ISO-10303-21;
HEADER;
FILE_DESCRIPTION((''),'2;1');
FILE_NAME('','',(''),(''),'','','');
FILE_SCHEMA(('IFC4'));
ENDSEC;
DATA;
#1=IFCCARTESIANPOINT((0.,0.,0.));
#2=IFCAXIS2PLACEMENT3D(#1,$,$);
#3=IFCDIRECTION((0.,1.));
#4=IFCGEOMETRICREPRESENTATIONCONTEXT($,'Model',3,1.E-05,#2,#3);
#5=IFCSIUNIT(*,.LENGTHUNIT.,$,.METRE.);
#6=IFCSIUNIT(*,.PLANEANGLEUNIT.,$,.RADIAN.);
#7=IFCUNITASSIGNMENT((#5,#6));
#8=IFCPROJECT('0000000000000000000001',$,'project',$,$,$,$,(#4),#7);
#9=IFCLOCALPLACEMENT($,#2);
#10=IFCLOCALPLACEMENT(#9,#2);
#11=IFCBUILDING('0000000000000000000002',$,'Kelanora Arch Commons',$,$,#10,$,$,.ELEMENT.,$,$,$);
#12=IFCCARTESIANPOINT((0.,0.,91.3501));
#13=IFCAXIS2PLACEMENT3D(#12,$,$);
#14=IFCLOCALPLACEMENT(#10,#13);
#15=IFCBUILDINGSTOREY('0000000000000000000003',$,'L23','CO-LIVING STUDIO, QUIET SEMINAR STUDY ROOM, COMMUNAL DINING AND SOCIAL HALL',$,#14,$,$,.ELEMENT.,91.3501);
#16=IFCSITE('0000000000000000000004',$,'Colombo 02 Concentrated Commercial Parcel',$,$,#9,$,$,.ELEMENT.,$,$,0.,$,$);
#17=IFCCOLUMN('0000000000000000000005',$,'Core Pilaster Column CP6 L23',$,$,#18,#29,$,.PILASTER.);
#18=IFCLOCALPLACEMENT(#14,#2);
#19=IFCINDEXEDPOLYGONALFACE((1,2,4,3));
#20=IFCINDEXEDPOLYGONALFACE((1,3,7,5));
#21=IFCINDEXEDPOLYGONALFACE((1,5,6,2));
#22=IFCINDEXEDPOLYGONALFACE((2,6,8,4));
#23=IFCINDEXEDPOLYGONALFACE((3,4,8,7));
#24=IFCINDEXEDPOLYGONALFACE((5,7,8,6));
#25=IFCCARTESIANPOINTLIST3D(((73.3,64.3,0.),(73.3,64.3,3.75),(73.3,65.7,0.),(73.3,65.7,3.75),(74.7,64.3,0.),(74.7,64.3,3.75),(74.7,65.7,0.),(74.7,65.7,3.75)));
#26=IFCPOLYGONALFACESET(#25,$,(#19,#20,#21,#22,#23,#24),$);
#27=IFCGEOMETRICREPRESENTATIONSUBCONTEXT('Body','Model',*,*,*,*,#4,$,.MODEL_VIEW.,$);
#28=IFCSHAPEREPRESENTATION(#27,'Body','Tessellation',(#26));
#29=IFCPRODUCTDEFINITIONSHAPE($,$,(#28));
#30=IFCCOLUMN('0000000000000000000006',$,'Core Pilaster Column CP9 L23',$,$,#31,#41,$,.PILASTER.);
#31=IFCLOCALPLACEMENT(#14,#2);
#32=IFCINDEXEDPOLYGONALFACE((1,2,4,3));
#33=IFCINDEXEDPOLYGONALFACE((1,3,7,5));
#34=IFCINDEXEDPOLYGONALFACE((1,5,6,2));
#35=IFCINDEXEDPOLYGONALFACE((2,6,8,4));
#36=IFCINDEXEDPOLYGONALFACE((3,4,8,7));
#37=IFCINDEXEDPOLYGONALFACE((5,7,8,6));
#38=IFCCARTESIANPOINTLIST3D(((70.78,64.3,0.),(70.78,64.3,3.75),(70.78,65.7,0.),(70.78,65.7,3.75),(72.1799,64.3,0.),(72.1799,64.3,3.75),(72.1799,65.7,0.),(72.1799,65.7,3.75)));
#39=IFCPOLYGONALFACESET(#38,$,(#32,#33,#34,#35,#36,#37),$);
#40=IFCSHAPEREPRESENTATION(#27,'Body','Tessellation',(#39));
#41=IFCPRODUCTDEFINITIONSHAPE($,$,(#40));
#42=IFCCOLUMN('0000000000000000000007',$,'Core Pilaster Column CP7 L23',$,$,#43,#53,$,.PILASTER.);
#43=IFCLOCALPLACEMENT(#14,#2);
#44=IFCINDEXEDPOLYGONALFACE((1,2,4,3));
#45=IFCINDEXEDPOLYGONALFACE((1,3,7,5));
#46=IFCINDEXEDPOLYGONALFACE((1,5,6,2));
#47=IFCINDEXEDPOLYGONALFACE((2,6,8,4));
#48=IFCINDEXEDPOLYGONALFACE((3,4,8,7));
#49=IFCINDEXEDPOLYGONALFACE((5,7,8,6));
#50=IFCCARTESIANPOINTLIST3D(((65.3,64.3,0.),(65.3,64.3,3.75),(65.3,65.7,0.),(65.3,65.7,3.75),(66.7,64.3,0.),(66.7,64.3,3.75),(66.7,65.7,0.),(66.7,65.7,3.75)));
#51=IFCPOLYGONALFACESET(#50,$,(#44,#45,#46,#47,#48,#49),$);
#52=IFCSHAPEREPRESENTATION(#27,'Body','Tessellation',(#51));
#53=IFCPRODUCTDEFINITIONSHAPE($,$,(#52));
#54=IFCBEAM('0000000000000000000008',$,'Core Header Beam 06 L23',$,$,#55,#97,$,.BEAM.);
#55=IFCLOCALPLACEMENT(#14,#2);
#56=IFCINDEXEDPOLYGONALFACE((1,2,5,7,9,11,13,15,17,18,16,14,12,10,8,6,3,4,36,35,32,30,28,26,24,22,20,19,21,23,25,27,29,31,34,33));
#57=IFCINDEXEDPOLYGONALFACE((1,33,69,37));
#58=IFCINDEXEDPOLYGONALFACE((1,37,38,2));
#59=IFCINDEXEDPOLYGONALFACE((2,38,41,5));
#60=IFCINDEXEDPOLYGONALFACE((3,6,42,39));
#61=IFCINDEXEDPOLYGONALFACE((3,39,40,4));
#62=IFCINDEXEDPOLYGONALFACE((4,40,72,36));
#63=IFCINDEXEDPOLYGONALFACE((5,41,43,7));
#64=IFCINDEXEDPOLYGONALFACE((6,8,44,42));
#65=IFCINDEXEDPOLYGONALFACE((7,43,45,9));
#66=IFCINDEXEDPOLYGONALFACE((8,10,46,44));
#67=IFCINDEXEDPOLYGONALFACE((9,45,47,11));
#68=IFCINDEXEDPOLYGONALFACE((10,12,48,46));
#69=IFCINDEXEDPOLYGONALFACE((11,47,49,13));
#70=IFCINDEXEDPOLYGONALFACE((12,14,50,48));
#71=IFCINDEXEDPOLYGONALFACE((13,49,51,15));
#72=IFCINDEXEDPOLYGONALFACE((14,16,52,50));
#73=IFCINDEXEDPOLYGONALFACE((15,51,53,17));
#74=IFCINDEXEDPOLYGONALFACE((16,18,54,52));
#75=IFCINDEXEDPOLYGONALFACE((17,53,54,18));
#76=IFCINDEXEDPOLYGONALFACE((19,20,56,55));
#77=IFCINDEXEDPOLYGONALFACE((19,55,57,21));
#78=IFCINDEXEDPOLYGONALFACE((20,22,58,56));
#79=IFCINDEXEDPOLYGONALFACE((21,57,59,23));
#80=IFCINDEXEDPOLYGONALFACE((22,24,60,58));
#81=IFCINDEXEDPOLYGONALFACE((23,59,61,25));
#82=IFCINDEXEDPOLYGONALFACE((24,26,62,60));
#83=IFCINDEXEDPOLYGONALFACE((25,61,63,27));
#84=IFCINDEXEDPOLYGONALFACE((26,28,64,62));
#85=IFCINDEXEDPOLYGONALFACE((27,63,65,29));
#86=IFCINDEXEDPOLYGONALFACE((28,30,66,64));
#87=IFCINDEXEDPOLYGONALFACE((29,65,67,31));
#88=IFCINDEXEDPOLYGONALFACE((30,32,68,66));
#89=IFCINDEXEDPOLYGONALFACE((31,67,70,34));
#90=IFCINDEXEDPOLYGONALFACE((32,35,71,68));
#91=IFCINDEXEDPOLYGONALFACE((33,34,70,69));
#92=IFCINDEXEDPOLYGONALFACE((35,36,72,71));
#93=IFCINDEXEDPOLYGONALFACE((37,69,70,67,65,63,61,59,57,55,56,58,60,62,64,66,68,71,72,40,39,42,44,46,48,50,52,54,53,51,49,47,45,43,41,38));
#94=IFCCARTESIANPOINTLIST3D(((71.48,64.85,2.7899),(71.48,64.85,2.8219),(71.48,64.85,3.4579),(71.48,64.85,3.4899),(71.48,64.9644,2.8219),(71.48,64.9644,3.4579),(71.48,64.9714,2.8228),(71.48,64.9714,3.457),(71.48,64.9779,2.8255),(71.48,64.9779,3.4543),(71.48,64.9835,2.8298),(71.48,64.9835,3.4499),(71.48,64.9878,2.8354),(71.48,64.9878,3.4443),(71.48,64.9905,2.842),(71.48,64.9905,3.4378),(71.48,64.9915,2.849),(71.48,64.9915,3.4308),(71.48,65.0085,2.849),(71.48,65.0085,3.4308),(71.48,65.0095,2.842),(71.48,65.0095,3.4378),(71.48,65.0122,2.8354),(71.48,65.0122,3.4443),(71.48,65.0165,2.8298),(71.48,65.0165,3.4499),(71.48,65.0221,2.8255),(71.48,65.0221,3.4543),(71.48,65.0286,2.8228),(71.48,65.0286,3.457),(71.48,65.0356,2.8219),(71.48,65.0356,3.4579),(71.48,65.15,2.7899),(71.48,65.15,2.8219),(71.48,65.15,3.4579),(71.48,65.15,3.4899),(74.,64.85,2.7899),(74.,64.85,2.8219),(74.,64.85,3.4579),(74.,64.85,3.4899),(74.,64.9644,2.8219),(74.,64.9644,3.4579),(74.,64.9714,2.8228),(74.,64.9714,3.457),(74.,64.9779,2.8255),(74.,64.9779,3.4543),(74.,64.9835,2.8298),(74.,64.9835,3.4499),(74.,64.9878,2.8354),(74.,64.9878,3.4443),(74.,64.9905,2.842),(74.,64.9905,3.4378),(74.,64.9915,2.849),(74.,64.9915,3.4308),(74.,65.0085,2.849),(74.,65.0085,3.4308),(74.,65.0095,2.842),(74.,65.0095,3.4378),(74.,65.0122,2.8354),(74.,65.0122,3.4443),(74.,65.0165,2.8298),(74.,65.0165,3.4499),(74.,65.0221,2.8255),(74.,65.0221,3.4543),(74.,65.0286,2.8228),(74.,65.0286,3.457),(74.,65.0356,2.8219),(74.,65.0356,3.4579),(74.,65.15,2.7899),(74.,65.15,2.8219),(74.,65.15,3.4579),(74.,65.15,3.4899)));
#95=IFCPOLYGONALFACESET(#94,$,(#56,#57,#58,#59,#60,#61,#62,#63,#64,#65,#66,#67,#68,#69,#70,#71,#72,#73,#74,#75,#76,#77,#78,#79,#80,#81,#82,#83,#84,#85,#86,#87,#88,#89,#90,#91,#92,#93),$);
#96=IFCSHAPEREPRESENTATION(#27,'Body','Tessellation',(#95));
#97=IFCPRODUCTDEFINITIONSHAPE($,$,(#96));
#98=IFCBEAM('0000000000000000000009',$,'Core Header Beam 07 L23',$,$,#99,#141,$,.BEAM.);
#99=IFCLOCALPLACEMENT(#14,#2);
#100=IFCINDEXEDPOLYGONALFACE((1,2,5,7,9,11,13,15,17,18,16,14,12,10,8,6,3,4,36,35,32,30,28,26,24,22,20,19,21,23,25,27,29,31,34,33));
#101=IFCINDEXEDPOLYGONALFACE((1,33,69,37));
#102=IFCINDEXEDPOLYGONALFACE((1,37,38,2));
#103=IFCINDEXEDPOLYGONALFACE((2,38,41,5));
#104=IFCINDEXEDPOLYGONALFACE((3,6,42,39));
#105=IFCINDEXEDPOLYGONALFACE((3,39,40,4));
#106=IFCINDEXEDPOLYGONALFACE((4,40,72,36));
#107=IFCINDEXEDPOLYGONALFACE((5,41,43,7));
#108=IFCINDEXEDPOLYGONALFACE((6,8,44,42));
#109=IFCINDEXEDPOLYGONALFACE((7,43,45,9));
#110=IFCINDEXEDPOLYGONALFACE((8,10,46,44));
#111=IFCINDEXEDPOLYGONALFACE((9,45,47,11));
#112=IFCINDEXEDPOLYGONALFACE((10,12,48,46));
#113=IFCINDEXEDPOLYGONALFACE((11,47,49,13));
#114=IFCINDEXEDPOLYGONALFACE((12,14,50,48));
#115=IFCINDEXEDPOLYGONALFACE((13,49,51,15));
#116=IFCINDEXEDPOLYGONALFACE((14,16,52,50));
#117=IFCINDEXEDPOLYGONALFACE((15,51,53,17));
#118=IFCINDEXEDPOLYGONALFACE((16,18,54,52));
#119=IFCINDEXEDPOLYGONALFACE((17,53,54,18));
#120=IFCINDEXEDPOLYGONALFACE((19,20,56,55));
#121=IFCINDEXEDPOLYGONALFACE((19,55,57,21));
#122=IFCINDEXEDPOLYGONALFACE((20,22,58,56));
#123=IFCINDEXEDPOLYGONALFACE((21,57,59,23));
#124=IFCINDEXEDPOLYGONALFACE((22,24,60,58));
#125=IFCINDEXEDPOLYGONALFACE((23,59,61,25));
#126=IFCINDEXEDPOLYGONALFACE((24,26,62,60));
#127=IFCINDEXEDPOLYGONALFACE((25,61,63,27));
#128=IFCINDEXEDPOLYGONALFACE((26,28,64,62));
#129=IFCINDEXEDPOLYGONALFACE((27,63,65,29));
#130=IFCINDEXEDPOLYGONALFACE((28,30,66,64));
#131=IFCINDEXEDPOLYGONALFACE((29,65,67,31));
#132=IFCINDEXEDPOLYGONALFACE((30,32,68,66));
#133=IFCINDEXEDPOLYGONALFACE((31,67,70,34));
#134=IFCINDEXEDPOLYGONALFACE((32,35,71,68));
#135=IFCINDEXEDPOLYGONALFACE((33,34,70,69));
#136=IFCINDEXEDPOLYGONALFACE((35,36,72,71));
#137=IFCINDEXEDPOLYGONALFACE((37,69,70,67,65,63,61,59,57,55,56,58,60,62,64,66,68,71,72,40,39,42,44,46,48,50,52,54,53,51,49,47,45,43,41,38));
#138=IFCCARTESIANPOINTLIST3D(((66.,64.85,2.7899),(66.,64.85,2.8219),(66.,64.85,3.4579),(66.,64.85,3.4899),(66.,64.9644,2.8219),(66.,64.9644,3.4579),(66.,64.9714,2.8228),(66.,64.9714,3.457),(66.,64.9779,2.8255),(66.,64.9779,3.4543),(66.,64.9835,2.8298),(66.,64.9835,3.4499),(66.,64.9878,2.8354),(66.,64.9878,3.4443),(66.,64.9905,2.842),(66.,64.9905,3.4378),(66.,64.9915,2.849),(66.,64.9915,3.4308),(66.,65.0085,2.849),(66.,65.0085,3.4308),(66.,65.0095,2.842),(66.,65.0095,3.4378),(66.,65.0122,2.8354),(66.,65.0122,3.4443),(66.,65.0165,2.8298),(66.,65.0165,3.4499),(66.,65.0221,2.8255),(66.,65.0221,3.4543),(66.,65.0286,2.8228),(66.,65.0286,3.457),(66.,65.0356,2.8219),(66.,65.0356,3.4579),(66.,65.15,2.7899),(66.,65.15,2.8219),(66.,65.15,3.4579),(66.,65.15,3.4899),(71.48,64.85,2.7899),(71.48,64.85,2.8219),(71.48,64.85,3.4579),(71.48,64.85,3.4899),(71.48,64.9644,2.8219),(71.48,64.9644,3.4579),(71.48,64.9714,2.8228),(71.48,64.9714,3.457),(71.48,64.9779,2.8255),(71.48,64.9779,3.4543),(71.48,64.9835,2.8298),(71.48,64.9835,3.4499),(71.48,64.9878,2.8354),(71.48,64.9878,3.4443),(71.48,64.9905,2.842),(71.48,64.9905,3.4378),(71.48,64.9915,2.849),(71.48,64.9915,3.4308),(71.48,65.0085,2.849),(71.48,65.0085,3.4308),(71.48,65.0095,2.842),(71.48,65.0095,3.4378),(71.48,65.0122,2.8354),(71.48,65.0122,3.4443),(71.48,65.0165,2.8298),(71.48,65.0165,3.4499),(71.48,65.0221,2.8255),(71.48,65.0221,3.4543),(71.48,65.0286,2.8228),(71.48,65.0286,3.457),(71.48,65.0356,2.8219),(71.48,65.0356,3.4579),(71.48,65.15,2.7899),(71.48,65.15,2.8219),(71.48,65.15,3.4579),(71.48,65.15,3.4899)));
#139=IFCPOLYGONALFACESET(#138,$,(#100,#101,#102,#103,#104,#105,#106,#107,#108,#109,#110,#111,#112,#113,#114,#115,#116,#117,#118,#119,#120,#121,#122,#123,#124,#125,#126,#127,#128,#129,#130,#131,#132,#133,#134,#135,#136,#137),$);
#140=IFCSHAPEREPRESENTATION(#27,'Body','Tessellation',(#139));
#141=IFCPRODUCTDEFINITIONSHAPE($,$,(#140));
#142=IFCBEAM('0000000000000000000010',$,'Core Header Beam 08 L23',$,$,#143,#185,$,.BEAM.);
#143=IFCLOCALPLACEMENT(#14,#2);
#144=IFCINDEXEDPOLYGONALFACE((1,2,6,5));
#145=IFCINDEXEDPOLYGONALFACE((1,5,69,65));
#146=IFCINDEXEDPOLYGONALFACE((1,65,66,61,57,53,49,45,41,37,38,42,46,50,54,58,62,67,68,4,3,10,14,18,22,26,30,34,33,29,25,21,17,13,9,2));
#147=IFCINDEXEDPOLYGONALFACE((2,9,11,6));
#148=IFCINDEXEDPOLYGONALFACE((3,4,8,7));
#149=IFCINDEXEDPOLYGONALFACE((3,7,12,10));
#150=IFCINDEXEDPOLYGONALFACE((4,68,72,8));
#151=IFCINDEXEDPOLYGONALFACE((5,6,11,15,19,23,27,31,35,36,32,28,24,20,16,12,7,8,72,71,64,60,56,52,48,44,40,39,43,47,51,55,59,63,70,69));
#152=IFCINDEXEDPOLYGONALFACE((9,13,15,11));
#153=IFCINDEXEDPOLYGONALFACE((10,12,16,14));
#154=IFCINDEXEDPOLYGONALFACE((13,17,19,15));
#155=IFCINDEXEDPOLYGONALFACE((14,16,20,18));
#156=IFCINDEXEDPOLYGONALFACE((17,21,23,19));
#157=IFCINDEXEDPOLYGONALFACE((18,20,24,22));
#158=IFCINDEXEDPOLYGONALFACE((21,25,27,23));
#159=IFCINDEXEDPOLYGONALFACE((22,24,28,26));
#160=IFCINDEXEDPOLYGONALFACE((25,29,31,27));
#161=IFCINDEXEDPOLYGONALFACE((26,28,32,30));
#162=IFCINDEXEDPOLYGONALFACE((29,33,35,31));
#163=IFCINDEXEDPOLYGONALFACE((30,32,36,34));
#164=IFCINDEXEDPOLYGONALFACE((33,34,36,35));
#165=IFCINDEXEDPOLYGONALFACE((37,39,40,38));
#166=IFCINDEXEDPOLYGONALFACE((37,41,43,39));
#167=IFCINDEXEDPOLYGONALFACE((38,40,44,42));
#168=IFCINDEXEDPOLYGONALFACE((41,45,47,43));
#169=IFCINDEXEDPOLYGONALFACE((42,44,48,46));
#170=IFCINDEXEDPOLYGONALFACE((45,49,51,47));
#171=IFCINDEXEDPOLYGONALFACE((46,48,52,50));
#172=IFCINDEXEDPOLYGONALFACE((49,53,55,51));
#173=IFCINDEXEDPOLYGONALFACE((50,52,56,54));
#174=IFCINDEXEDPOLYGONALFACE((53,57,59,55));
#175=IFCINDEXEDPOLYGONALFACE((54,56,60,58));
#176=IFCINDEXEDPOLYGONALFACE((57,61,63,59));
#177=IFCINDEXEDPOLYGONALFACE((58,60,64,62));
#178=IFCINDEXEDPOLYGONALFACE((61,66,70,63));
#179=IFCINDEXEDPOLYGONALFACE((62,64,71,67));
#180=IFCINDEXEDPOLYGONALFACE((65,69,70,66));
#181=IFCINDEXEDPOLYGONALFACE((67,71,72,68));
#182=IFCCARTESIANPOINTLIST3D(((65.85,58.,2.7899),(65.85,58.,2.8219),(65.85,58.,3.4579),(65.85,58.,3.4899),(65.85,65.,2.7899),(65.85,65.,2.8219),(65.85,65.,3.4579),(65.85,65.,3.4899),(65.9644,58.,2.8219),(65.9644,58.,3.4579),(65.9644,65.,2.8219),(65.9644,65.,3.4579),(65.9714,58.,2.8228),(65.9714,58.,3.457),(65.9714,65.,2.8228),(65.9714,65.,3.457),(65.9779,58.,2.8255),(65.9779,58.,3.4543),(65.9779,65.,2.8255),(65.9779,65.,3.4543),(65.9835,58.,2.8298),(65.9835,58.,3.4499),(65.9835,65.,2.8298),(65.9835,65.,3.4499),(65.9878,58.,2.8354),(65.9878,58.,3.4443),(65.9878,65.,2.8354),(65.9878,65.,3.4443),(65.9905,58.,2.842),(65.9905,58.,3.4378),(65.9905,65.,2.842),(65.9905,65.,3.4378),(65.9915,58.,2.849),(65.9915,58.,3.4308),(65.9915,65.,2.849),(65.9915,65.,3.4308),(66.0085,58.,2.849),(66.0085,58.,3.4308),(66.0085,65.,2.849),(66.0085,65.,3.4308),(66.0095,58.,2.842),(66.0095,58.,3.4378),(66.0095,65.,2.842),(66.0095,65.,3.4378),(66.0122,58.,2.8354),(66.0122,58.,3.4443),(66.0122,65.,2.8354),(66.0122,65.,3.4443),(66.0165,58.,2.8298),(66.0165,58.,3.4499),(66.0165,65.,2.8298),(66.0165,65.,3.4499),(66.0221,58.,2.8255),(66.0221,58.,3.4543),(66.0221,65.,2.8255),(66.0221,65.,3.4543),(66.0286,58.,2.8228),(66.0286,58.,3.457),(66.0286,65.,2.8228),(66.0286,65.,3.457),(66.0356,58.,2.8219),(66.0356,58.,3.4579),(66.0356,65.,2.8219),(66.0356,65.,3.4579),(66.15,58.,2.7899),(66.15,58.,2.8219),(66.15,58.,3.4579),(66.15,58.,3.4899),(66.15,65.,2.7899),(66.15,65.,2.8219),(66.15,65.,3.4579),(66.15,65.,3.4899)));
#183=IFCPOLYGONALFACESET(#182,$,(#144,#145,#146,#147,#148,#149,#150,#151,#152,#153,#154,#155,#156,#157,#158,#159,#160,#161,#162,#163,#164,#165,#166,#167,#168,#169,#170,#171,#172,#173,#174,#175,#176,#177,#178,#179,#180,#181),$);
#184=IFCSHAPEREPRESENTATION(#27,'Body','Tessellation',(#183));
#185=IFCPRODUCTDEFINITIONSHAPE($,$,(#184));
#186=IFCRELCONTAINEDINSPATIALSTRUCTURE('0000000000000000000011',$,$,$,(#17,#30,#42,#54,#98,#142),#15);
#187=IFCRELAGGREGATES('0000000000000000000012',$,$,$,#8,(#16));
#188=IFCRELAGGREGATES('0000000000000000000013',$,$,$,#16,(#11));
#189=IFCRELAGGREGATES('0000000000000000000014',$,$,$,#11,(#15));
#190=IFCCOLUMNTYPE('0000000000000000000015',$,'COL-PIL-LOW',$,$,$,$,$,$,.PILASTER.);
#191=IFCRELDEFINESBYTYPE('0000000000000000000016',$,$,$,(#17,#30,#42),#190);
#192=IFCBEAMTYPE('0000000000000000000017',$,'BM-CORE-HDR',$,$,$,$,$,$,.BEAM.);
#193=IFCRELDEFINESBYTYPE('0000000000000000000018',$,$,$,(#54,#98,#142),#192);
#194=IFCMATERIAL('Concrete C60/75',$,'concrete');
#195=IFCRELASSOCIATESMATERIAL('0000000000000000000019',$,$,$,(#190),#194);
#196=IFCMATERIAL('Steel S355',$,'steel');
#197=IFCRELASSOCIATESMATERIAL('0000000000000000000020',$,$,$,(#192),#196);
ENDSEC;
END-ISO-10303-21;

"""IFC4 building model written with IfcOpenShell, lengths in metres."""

from ifc_helpers import new_model, si_unit, direction, frame, origin, origin_2d, place, context, subcontext, project, spatial, rectangle, i_section, extrude, material, material_profile, profile_set, type_object, element, save


model = new_model("IFC4")

# Units and contexts
model_context = context("Model", 3, precision=1e-05, world=origin(), true_north=direction((0.0, 1.0)))
body_context = subcontext(model_context, "Body", "Model", "MODEL_VIEW")
ifc_project = project(units=[si_unit("LENGTHUNIT", "METRE"), si_unit("PLANEANGLEUNIT", "RADIAN")], contexts=[model_context])

# Site, building, storey
site_placement = place(None, origin())
site = spatial("IfcSite", under=ifc_project, at=site_placement, Name="Colombo 02 Concentrated Commercial Parcel", CompositionType="ELEMENT", RefElevation=0.0)
building_placement = place(site_placement, origin())
building = spatial("IfcBuilding", under=site, at=building_placement, Name="Kelanora Arch Commons", CompositionType="ELEMENT")
storey_placement = place(building_placement, frame((0.0, 0.0, 91.3501)))
storey = spatial("IfcBuildingStorey", under=building, at=storey_placement, Name="L23", Description="CO-LIVING STUDIO, QUIET SEMINAR STUDY ROOM, COMMUNAL DINING AND SOCIAL HALL", CompositionType="ELEMENT", Elevation=91.3501)

# Columns
ifc_material_1 = material(Name="Concrete C60/75", Category="concrete")
ifc_material_profile_1 = material_profile(ifc_material_1, rectangle(XDim=1.3999, YDim=1.3999, at=origin_2d()), Name="RC1400x1400")
ifc_profile_set_1 = profile_set([ifc_material_profile_1], Name="Concrete C60/75")
column_type = type_object("IfcColumnType", Name="COL-PIL-LOW", PredefinedType="PILASTER", material=ifc_profile_set_1)
for number, where, z_axis, x_axis, name in (
    (1, (74.0, 65.0, 0.0), (0.0, 0.0, 1.0), (1.0, 0.0, 0.0), "Core Pilaster Column CP6 L23"),
    (2, (71.48, 65.0, 0.0), (0.0, 0.0, 1.0), (1.0, 0.0, 0.0), "Core Pilaster Column CP9 L23"),
    (3, (66.0, 65.0, 0.0), (0.0, 0.0, 1.0), (1.0, 0.0, 0.0), "Core Pilaster Column CP7 L23"),
):
    element("IfcColumn", number, at=place(storey_placement, frame(where, z_axis=z_axis, x_axis=x_axis)), inside=storey, type_object=column_type, Name=name, PredefinedType="PILASTER", context=body_context, shape_type="SweptSolid", body=[
        extrude(rectangle(XDim=1.3999, YDim=1.3999, at=origin_2d()), origin(), (0.0, 0.0, 1.0), 3.75),
    ])

# Beams
ifc_material_2 = material(Name="Steel S355", Category="steel")
ifc_material_profile_2 = material_profile(ifc_material_2, i_section(OverallWidth=0.3, OverallDepth=0.7, WebThickness=0.0171, FlangeThickness=0.032, FilletRadius=0.0271, at=origin_2d()), Name="HEB700")
ifc_profile_set_2 = profile_set([ifc_material_profile_2], Name="Steel S355")
beam_type_1 = type_object("IfcBeamType", Name="BM-CORE-HDR", PredefinedType="BEAM", material=ifc_profile_set_2)
beam_1_placement = place(storey_placement, frame((74.0, 65.0, 3.1399), z_axis=(-1.0, 0.0, 0.0), x_axis=(0.0, -1.0, 0.0)))
element("IfcBeam", 4, at=beam_1_placement, inside=storey, type_object=beam_type_1, Name="Core Header Beam 06 L23", PredefinedType="BEAM", context=body_context, shape_type="SweptSolid", body=[
    extrude(i_section(OverallWidth=0.3, OverallDepth=0.7, WebThickness=0.0171, FlangeThickness=0.032, FilletRadius=0.0271, at=origin_2d()), origin(), (0.0, 0.0, 1.0), 2.52),
])
beam_2_placement = place(storey_placement, frame((71.48, 65.0, 3.1399), z_axis=(-1.0, 0.0, 0.0), x_axis=(0.0, -1.0, 0.0)))
element("IfcBeam", 5, at=beam_2_placement, inside=storey, type_object=beam_type_1, Name="Core Header Beam 07 L23", PredefinedType="BEAM", context=body_context, shape_type="SweptSolid", body=[
    extrude(i_section(OverallWidth=0.3, OverallDepth=0.7, WebThickness=0.0171, FlangeThickness=0.032, FilletRadius=0.0271, at=origin_2d()), origin(), (0.0, 0.0, 1.0), 5.48),
])
beam_3_placement = place(storey_placement, frame((66.0, 65.0, 3.1399), z_axis=(0.0, -1.0, 0.0), x_axis=(1.0, 0.0, 0.0)))
element("IfcBeam", 6, at=beam_3_placement, inside=storey, type_object=beam_type_1, Name="Core Header Beam 08 L23", PredefinedType="BEAM", context=body_context, shape_type="SweptSolid", body=[
    extrude(i_section(OverallWidth=0.3, OverallDepth=0.7, WebThickness=0.0171, FlangeThickness=0.032, FilletRadius=0.0271, at=origin_2d()), origin(), (0.0, 0.0, 1.0), 7.0),
])

save(model, "model.ifc")
